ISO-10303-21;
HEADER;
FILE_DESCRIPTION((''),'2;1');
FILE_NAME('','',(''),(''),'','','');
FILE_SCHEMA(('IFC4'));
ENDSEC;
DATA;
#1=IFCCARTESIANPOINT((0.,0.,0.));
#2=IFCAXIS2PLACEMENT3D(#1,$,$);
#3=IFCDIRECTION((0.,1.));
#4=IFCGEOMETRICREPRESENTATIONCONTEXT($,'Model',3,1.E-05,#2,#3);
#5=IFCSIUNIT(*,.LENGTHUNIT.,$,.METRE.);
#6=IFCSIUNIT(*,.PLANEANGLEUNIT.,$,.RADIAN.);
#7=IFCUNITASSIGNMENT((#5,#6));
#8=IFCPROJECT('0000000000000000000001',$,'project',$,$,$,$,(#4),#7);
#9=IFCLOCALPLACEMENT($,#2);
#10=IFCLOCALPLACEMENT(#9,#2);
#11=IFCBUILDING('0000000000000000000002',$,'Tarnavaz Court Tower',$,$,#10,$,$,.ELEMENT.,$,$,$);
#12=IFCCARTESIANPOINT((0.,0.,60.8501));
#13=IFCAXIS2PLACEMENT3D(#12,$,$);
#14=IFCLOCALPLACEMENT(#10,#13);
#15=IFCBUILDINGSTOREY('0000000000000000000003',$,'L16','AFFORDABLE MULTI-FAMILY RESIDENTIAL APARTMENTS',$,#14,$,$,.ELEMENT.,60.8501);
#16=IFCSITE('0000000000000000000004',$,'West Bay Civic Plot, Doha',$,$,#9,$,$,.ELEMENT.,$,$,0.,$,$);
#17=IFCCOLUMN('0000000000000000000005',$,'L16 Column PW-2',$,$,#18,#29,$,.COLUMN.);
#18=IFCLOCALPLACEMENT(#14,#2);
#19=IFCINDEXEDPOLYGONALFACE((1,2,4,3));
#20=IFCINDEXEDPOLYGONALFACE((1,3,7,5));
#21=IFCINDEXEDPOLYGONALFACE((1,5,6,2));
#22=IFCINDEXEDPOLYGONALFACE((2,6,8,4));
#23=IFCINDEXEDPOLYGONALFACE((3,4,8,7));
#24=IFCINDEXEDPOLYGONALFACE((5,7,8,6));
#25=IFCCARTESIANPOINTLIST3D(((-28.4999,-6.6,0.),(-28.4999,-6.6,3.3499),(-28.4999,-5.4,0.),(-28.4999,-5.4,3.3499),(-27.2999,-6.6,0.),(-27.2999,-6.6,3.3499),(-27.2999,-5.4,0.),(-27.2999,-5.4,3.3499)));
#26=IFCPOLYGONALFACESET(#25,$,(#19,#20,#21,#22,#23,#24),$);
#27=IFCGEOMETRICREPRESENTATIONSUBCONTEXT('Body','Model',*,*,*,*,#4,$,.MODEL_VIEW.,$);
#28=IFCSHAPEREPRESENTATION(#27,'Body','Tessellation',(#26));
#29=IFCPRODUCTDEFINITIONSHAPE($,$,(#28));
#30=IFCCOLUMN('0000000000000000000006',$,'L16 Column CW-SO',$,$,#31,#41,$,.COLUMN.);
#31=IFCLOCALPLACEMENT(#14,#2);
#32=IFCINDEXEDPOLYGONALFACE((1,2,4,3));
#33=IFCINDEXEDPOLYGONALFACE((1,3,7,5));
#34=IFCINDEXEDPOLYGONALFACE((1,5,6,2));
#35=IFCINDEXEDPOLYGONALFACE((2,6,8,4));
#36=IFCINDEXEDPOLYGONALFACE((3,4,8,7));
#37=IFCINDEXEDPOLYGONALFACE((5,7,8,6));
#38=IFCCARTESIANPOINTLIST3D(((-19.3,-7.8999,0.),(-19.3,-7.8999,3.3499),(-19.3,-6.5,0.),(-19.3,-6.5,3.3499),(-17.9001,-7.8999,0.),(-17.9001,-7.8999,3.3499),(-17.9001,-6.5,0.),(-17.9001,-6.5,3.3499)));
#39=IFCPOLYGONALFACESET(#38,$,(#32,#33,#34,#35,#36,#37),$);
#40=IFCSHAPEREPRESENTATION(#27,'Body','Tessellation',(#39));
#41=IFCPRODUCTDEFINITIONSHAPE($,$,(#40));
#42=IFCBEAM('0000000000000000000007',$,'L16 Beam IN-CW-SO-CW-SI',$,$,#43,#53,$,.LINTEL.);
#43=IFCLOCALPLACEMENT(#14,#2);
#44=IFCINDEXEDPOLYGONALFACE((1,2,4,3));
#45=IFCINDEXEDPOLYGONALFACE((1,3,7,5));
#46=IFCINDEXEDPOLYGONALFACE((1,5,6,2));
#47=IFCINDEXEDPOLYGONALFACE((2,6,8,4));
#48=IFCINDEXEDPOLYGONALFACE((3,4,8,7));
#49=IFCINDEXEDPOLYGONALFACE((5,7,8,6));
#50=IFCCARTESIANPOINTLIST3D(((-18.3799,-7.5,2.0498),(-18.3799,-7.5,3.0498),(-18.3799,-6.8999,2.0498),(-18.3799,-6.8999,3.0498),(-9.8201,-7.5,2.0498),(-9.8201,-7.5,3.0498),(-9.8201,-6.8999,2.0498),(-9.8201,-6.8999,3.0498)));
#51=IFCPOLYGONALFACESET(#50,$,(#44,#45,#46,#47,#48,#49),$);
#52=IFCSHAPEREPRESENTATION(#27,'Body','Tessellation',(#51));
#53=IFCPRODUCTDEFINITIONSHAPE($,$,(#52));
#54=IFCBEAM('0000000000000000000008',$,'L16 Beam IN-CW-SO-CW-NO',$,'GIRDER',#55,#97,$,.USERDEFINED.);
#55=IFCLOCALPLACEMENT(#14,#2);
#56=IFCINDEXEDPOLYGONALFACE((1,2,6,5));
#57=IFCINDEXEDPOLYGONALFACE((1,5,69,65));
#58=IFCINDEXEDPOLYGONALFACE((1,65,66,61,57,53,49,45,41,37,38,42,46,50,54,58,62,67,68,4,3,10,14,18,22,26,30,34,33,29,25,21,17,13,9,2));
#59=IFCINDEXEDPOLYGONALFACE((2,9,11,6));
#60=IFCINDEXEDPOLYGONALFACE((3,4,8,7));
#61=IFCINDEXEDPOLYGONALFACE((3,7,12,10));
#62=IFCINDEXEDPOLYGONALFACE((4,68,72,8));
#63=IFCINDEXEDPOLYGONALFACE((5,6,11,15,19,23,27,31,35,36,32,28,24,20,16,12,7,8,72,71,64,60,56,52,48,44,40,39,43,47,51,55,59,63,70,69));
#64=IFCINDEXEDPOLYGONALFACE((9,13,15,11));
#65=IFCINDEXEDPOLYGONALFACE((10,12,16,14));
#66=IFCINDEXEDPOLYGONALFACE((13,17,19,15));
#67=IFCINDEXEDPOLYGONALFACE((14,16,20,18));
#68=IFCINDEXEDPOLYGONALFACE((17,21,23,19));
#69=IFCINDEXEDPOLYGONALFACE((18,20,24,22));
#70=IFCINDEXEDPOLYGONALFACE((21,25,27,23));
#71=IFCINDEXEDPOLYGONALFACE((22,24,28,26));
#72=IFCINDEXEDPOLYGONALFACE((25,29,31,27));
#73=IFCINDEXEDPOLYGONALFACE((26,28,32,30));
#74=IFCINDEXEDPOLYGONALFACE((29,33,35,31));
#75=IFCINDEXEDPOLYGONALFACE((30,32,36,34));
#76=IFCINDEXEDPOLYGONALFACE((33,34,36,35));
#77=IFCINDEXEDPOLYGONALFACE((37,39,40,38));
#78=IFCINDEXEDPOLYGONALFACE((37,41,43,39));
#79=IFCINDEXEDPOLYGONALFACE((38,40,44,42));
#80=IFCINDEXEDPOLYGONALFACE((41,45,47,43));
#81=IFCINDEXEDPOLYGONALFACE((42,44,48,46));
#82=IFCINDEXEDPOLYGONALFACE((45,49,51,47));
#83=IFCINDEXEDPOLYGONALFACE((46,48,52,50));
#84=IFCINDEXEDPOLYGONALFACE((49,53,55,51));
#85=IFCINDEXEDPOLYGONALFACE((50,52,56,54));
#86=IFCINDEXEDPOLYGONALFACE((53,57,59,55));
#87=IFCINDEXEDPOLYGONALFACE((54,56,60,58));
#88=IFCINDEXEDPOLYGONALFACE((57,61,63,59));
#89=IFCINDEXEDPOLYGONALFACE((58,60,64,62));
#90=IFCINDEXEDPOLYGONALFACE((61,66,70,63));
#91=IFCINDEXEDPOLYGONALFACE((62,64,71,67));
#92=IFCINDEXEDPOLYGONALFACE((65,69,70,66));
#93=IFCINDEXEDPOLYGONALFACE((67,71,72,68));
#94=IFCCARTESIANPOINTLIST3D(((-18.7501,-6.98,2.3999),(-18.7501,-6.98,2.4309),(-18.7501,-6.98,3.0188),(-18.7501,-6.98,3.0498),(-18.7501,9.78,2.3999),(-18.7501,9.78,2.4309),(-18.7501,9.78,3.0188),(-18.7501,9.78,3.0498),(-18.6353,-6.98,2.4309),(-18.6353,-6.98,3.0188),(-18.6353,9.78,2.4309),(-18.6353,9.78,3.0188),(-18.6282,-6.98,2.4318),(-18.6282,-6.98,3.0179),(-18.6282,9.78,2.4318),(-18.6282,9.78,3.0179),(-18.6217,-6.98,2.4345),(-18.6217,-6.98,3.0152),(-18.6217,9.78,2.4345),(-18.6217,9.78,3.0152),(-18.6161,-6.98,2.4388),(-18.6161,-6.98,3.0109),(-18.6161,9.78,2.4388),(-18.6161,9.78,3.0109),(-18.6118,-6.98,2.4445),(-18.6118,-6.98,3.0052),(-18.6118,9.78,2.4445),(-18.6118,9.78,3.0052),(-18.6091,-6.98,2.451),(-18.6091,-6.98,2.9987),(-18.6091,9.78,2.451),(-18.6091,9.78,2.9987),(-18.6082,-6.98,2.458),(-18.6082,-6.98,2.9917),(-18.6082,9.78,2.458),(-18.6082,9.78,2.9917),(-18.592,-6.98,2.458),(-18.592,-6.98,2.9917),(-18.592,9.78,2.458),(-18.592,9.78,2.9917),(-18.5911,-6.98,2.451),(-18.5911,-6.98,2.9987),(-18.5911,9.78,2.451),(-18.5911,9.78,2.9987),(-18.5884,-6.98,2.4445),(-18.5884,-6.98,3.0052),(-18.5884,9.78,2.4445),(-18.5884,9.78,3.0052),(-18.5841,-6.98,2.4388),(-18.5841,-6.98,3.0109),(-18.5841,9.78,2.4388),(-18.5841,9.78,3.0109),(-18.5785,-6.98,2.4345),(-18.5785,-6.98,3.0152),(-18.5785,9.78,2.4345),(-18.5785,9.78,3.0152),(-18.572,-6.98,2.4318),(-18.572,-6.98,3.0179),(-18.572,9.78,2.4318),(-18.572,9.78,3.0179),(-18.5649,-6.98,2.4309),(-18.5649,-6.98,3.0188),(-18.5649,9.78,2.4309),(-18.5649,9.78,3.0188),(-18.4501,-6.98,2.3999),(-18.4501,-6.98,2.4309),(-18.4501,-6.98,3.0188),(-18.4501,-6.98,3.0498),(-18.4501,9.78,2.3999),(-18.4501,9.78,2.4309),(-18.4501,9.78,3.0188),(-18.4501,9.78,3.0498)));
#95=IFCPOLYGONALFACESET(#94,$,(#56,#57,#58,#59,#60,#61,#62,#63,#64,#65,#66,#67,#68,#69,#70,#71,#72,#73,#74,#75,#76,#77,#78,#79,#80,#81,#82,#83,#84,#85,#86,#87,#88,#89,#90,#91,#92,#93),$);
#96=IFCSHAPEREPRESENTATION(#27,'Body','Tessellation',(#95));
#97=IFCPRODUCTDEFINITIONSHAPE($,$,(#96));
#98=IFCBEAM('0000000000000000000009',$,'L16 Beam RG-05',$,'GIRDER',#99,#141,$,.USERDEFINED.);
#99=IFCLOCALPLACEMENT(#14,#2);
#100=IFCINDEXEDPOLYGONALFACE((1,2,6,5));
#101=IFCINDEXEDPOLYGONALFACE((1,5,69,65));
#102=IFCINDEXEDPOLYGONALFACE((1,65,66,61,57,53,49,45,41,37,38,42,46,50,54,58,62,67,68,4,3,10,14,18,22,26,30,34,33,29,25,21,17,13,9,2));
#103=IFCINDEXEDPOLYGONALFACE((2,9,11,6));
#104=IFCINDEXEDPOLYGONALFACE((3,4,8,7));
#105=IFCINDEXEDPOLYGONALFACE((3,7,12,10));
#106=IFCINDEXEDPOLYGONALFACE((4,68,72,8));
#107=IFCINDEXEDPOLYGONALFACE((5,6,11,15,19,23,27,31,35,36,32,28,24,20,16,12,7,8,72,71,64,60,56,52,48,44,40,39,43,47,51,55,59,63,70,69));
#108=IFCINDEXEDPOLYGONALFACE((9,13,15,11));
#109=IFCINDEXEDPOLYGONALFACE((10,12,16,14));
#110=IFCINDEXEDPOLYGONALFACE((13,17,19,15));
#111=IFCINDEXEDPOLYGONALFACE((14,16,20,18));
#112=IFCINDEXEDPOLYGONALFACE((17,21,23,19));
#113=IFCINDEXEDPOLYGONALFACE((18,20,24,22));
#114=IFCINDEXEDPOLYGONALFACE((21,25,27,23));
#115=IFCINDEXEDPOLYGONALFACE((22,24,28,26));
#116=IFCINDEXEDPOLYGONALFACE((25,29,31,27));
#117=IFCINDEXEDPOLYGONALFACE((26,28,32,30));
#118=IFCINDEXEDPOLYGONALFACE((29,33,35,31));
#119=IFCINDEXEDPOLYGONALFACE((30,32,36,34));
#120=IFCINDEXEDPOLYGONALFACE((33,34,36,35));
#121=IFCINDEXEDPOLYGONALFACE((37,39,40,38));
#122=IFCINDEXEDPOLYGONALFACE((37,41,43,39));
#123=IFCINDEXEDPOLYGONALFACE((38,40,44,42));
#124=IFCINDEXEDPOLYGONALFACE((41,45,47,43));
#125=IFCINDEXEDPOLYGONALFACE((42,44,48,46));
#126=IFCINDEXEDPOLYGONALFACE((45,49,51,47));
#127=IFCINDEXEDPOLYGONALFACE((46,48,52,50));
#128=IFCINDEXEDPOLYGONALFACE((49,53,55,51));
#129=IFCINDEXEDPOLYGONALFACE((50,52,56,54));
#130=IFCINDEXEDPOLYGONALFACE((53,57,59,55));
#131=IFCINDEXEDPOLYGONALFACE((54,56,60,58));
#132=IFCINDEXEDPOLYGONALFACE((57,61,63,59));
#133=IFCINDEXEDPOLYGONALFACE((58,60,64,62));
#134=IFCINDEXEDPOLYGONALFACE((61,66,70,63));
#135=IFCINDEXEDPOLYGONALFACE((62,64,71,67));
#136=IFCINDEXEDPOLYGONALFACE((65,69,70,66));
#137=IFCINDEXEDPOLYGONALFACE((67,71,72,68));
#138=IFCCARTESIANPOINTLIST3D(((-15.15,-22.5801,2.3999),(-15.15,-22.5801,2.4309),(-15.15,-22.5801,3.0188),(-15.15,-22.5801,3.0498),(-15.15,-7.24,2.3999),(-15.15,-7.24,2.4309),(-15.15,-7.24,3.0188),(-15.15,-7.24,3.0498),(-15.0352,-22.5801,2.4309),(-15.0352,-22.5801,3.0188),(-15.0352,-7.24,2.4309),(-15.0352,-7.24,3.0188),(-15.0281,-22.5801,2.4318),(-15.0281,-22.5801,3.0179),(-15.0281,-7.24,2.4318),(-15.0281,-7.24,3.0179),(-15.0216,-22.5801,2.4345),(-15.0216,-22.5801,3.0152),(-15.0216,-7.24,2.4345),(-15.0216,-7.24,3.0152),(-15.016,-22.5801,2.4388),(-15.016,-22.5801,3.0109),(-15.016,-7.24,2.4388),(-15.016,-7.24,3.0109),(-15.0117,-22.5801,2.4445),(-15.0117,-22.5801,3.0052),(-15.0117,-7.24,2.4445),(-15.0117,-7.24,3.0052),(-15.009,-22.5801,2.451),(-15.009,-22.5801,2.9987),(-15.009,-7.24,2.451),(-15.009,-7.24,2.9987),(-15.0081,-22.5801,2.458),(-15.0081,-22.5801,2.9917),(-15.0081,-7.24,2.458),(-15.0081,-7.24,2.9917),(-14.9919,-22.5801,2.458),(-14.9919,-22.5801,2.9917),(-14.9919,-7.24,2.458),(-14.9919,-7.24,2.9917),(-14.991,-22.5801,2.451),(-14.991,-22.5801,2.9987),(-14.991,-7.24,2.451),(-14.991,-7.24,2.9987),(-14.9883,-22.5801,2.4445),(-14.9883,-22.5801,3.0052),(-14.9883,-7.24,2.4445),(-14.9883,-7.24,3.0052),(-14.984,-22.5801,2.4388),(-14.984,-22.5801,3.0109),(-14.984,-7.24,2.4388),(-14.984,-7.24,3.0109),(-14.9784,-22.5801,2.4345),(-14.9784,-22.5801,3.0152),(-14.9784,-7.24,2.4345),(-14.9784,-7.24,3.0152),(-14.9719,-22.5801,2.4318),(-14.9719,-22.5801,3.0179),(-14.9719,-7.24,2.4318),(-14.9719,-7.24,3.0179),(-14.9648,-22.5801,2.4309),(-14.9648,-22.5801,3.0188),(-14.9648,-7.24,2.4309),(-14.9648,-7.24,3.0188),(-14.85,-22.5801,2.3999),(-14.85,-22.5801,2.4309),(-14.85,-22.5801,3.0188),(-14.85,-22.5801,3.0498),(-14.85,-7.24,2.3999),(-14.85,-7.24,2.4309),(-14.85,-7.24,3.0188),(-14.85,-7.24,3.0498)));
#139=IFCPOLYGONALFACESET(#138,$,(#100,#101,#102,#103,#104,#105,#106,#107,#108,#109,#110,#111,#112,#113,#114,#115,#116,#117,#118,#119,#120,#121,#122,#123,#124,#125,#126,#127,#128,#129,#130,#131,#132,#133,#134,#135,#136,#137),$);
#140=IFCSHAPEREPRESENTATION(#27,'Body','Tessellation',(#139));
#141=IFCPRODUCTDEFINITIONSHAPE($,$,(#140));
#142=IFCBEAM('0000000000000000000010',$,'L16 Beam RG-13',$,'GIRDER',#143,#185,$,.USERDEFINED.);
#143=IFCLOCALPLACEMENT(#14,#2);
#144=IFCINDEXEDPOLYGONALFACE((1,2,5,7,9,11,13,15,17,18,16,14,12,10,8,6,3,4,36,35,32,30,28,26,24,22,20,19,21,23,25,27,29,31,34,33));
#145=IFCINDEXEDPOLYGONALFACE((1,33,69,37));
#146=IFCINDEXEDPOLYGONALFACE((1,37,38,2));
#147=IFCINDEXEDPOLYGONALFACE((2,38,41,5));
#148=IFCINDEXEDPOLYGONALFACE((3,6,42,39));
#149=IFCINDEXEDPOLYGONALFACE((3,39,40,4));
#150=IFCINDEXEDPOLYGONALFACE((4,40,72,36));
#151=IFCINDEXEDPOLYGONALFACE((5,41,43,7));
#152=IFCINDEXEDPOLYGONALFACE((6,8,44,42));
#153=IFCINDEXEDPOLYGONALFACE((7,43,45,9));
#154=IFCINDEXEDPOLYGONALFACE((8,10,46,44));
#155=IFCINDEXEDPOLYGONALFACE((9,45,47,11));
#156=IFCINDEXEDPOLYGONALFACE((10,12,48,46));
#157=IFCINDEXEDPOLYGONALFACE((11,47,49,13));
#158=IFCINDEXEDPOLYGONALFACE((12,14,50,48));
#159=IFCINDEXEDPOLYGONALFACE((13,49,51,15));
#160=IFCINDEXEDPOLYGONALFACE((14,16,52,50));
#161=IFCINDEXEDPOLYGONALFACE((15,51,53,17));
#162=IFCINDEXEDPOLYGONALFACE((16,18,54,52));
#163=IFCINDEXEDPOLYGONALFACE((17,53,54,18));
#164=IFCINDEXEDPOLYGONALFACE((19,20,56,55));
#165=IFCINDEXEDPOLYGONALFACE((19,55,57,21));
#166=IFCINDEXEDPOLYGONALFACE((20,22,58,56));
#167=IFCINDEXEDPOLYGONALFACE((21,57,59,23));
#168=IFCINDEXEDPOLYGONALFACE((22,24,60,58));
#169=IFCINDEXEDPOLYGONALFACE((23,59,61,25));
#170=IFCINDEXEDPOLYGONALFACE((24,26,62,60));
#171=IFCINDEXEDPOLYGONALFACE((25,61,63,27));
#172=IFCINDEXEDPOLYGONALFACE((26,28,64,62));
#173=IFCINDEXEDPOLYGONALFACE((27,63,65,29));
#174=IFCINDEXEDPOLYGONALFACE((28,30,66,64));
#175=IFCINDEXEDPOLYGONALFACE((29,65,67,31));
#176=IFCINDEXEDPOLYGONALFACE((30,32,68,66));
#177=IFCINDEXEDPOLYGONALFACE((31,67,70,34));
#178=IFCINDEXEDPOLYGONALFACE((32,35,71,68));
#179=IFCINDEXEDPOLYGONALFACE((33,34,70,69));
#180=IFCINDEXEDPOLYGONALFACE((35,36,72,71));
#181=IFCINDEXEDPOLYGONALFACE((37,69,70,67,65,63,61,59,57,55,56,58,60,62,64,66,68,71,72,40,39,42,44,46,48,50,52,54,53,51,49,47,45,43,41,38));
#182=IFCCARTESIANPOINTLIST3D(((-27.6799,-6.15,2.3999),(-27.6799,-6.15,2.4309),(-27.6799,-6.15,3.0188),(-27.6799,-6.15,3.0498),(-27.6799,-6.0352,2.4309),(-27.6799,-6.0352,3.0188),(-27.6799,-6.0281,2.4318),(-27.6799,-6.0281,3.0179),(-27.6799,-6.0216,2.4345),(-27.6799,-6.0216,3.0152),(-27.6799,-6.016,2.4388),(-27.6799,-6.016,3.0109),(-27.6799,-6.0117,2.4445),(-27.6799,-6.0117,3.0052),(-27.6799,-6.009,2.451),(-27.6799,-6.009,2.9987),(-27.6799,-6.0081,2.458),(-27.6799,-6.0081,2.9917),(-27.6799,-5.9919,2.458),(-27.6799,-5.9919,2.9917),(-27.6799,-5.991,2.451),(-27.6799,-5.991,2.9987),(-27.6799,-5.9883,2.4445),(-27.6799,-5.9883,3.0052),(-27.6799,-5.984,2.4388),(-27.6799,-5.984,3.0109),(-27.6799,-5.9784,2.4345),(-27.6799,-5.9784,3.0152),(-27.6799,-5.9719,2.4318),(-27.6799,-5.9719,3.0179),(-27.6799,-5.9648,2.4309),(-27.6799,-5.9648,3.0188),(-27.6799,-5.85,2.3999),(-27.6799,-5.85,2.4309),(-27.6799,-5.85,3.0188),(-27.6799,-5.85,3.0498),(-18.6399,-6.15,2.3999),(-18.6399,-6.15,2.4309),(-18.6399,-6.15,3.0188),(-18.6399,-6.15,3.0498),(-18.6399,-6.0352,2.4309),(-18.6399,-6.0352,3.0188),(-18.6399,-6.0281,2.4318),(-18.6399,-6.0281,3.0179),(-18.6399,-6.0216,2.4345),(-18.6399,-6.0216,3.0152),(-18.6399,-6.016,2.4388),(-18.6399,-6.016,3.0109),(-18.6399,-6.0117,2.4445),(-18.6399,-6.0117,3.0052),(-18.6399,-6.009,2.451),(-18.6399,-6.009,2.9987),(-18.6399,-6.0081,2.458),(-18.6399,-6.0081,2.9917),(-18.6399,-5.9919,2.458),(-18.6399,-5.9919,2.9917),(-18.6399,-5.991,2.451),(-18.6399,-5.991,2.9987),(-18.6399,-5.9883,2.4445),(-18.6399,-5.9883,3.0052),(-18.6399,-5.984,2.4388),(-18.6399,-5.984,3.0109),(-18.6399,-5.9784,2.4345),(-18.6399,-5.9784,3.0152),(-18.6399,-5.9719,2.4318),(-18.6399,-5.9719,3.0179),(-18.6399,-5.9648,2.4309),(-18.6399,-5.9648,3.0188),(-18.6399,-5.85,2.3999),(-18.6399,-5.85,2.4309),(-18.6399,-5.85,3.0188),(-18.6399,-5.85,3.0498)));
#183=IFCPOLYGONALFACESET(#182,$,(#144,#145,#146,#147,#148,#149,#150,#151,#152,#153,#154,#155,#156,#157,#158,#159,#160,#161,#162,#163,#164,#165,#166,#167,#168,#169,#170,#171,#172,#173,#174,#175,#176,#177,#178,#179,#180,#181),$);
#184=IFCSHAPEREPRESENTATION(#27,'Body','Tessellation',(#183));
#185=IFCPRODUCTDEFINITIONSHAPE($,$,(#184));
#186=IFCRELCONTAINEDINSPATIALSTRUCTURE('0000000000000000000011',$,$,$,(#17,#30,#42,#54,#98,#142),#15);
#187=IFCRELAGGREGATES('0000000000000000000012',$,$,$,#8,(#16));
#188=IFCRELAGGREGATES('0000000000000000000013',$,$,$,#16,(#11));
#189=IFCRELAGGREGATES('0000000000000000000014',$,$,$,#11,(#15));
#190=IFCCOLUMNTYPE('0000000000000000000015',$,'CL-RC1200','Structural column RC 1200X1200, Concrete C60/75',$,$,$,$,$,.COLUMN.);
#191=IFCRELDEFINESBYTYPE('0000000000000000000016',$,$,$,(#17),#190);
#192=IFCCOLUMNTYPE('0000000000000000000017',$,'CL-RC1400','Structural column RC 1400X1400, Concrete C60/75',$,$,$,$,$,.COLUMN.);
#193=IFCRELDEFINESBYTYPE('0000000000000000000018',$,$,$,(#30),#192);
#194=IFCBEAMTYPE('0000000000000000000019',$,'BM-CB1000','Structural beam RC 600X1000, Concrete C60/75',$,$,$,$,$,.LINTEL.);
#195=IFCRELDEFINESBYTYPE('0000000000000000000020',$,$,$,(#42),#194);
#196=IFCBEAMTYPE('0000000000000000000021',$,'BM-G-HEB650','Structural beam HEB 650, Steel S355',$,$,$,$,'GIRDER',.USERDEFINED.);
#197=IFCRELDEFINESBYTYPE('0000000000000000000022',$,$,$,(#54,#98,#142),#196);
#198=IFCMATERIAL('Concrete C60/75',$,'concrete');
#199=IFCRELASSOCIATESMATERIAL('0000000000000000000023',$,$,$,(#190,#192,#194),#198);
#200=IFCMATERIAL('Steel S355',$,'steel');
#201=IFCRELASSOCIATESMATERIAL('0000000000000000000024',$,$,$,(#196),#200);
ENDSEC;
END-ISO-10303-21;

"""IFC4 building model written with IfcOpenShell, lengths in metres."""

from ifc_helpers import new_model, si_unit, direction, frame, origin, origin_2d, place, context, subcontext, project, spatial, rectangle, i_section, extrude, material, material_profile, profile_set, type_object, element, save


model = new_model("IFC4")

# Units and contexts
model_context = context("Model", 3, precision=1e-05, world=origin(), true_north=direction((0.0, 1.0)))
body_context = subcontext(model_context, "Body", "Model", "MODEL_VIEW")
ifc_project = project(units=[si_unit("LENGTHUNIT", "METRE"), si_unit("PLANEANGLEUNIT", "RADIAN")], contexts=[model_context])

# Site, building, storey
site_placement = place(None, origin())
site = spatial("IfcSite", under=ifc_project, at=site_placement, Name="West Bay Civic Plot, Doha", CompositionType="ELEMENT", RefElevation=0.0)
building_placement = place(site_placement, origin())
building = spatial("IfcBuilding", under=site, at=building_placement, Name="Tarnavaz Court Tower", CompositionType="ELEMENT")
storey_placement = place(building_placement, frame((0.0, 0.0, 60.8501)))
storey = spatial("IfcBuildingStorey", under=building, at=storey_placement, Name="L16", Description="AFFORDABLE MULTI-FAMILY RESIDENTIAL APARTMENTS", CompositionType="ELEMENT", Elevation=60.8501)

# Columns
ifc_material_1 = material(Name="Concrete C60/75", Category="concrete")
ifc_material_profile_1 = material_profile(ifc_material_1, rectangle(XDim=1.2, YDim=1.2, at=origin_2d()), Name="RC 1200X1200")
ifc_profile_set_1 = profile_set([ifc_material_profile_1], Name="Concrete C60/75")
column_type_1 = type_object("IfcColumnType", Name="CL-RC1200", Description="Structural column RC 1200X1200, Concrete C60/75", PredefinedType="COLUMN", material=ifc_profile_set_1)
column_1_placement = place(storey_placement, frame((-27.8999, -6.0, 0.0), z_axis=(0.0, 0.0, 1.0), x_axis=(1.0, 0.0, 0.0)))
element("IfcColumn", 1, at=column_1_placement, inside=storey, type_object=column_type_1, Name="L16 Column PW-2", PredefinedType="COLUMN", context=body_context, shape_type="SweptSolid", body=[
    extrude(rectangle(XDim=1.2, YDim=1.2, at=origin_2d()), origin(), (0.0, 0.0, 1.0), 3.3499),
])
ifc_material_profile_2 = material_profile(ifc_material_1, rectangle(XDim=1.3999, YDim=1.3999, at=origin_2d()), Name="RC 1400X1400")
ifc_profile_set_2 = profile_set([ifc_material_profile_2], Name="Concrete C60/75")
column_type_2 = type_object("IfcColumnType", Name="CL-RC1400", Description="Structural column RC 1400X1400, Concrete C60/75", PredefinedType="COLUMN", material=ifc_profile_set_2)
column_2_placement = place(storey_placement, frame((-18.6001, -7.2, 0.0), z_axis=(0.0, 0.0, 1.0), x_axis=(1.0, 0.0, 0.0)))
element("IfcColumn", 2, at=column_2_placement, inside=storey, type_object=column_type_2, Name="L16 Column CW-SO", PredefinedType="COLUMN", context=body_context, shape_type="SweptSolid", body=[
    extrude(rectangle(XDim=1.3999, YDim=1.3999, at=origin_2d()), origin(), (0.0, 0.0, 1.0), 3.3499),
])

# Beams
ifc_material_profile_3 = material_profile(ifc_material_1, rectangle(XDim=0.6001, YDim=1.0, at=origin_2d()), Name="RC 600X1000")
ifc_profile_set_3 = profile_set([ifc_material_profile_3], Name="Concrete C60/75")
beam_type_1 = type_object("IfcBeamType", Name="BM-CB1000", Description="Structural beam RC 600X1000, Concrete C60/75", PredefinedType="LINTEL", material=ifc_profile_set_3)
beam_1_placement = place(storey_placement, frame((-18.3799, -7.2, 2.5498), z_axis=(1.0, 0.0, 0.0), x_axis=(0.0, 1.0, 0.0)))
element("IfcBeam", 3, at=beam_1_placement, inside=storey, type_object=beam_type_1, Name="L16 Beam IN-CW-SO-CW-SI", PredefinedType="LINTEL", context=body_context, shape_type="SweptSolid", body=[
    extrude(rectangle(XDim=0.6001, YDim=1.0, at=origin_2d()), origin(), (0.0, 0.0, 1.0), 8.5598),
])
ifc_material_2 = material(Name="Steel S355", Category="steel")
ifc_material_profile_4 = material_profile(ifc_material_2, i_section(OverallWidth=0.3, OverallDepth=0.6499, WebThickness=0.0161, FlangeThickness=0.031, FilletRadius=0.0271, at=origin_2d()), Name="HEB 650")
ifc_profile_set_4 = profile_set([ifc_material_profile_4], Name="Steel S355")
beam_type_2 = type_object("IfcBeamType", Name="BM-G-HEB650", Description="Structural beam HEB 650, Steel S355", ElementType="GIRDER", PredefinedType="USERDEFINED", material=ifc_profile_set_4)
beam_2_placement = place(storey_placement, frame((-18.6001, -6.98, 2.7249), z_axis=(0.0, 1.0, 0.0), x_axis=(-1.0, 0.0, 0.0)))
element("IfcBeam", 4, at=beam_2_placement, inside=storey, type_object=beam_type_2, Name="L16 Beam IN-CW-SO-CW-NO", ObjectType="GIRDER", PredefinedType="USERDEFINED", context=body_context, shape_type="SweptSolid", body=[
    extrude(i_section(OverallWidth=0.3, OverallDepth=0.6499, WebThickness=0.0161, FlangeThickness=0.031, FilletRadius=0.0271, at=origin_2d()), origin(), (0.0, 0.0, 1.0), 16.76),
])
beam_3_placement = place(storey_placement, frame((-15.0, -7.24, 2.7249), z_axis=(0.0, -1.0, 0.0), x_axis=(1.0, 0.0, 0.0)))
element("IfcBeam", 5, at=beam_3_placement, inside=storey, type_object=beam_type_2, Name="L16 Beam RG-05", ObjectType="GIRDER", PredefinedType="USERDEFINED", context=body_context, shape_type="SweptSolid", body=[
    extrude(i_section(OverallWidth=0.3, OverallDepth=0.6499, WebThickness=0.0161, FlangeThickness=0.031, FilletRadius=0.0271, at=origin_2d()), origin(), (0.0, 0.0, 1.0), 15.3401),
])
beam_4_placement = place(storey_placement, frame((-18.6399, -6.0, 2.7249), z_axis=(-1.0, 0.0, 0.0), x_axis=(0.0, -1.0, 0.0)))
element("IfcBeam", 6, at=beam_4_placement, inside=storey, type_object=beam_type_2, Name="L16 Beam RG-13", ObjectType="GIRDER", PredefinedType="USERDEFINED", context=body_context, shape_type="SweptSolid", body=[
    extrude(i_section(OverallWidth=0.3, OverallDepth=0.6499, WebThickness=0.0161, FlangeThickness=0.031, FilletRadius=0.0271, at=origin_2d()), origin(), (0.0, 0.0, 1.0), 9.04),
])

save(model, "model.ifc")
